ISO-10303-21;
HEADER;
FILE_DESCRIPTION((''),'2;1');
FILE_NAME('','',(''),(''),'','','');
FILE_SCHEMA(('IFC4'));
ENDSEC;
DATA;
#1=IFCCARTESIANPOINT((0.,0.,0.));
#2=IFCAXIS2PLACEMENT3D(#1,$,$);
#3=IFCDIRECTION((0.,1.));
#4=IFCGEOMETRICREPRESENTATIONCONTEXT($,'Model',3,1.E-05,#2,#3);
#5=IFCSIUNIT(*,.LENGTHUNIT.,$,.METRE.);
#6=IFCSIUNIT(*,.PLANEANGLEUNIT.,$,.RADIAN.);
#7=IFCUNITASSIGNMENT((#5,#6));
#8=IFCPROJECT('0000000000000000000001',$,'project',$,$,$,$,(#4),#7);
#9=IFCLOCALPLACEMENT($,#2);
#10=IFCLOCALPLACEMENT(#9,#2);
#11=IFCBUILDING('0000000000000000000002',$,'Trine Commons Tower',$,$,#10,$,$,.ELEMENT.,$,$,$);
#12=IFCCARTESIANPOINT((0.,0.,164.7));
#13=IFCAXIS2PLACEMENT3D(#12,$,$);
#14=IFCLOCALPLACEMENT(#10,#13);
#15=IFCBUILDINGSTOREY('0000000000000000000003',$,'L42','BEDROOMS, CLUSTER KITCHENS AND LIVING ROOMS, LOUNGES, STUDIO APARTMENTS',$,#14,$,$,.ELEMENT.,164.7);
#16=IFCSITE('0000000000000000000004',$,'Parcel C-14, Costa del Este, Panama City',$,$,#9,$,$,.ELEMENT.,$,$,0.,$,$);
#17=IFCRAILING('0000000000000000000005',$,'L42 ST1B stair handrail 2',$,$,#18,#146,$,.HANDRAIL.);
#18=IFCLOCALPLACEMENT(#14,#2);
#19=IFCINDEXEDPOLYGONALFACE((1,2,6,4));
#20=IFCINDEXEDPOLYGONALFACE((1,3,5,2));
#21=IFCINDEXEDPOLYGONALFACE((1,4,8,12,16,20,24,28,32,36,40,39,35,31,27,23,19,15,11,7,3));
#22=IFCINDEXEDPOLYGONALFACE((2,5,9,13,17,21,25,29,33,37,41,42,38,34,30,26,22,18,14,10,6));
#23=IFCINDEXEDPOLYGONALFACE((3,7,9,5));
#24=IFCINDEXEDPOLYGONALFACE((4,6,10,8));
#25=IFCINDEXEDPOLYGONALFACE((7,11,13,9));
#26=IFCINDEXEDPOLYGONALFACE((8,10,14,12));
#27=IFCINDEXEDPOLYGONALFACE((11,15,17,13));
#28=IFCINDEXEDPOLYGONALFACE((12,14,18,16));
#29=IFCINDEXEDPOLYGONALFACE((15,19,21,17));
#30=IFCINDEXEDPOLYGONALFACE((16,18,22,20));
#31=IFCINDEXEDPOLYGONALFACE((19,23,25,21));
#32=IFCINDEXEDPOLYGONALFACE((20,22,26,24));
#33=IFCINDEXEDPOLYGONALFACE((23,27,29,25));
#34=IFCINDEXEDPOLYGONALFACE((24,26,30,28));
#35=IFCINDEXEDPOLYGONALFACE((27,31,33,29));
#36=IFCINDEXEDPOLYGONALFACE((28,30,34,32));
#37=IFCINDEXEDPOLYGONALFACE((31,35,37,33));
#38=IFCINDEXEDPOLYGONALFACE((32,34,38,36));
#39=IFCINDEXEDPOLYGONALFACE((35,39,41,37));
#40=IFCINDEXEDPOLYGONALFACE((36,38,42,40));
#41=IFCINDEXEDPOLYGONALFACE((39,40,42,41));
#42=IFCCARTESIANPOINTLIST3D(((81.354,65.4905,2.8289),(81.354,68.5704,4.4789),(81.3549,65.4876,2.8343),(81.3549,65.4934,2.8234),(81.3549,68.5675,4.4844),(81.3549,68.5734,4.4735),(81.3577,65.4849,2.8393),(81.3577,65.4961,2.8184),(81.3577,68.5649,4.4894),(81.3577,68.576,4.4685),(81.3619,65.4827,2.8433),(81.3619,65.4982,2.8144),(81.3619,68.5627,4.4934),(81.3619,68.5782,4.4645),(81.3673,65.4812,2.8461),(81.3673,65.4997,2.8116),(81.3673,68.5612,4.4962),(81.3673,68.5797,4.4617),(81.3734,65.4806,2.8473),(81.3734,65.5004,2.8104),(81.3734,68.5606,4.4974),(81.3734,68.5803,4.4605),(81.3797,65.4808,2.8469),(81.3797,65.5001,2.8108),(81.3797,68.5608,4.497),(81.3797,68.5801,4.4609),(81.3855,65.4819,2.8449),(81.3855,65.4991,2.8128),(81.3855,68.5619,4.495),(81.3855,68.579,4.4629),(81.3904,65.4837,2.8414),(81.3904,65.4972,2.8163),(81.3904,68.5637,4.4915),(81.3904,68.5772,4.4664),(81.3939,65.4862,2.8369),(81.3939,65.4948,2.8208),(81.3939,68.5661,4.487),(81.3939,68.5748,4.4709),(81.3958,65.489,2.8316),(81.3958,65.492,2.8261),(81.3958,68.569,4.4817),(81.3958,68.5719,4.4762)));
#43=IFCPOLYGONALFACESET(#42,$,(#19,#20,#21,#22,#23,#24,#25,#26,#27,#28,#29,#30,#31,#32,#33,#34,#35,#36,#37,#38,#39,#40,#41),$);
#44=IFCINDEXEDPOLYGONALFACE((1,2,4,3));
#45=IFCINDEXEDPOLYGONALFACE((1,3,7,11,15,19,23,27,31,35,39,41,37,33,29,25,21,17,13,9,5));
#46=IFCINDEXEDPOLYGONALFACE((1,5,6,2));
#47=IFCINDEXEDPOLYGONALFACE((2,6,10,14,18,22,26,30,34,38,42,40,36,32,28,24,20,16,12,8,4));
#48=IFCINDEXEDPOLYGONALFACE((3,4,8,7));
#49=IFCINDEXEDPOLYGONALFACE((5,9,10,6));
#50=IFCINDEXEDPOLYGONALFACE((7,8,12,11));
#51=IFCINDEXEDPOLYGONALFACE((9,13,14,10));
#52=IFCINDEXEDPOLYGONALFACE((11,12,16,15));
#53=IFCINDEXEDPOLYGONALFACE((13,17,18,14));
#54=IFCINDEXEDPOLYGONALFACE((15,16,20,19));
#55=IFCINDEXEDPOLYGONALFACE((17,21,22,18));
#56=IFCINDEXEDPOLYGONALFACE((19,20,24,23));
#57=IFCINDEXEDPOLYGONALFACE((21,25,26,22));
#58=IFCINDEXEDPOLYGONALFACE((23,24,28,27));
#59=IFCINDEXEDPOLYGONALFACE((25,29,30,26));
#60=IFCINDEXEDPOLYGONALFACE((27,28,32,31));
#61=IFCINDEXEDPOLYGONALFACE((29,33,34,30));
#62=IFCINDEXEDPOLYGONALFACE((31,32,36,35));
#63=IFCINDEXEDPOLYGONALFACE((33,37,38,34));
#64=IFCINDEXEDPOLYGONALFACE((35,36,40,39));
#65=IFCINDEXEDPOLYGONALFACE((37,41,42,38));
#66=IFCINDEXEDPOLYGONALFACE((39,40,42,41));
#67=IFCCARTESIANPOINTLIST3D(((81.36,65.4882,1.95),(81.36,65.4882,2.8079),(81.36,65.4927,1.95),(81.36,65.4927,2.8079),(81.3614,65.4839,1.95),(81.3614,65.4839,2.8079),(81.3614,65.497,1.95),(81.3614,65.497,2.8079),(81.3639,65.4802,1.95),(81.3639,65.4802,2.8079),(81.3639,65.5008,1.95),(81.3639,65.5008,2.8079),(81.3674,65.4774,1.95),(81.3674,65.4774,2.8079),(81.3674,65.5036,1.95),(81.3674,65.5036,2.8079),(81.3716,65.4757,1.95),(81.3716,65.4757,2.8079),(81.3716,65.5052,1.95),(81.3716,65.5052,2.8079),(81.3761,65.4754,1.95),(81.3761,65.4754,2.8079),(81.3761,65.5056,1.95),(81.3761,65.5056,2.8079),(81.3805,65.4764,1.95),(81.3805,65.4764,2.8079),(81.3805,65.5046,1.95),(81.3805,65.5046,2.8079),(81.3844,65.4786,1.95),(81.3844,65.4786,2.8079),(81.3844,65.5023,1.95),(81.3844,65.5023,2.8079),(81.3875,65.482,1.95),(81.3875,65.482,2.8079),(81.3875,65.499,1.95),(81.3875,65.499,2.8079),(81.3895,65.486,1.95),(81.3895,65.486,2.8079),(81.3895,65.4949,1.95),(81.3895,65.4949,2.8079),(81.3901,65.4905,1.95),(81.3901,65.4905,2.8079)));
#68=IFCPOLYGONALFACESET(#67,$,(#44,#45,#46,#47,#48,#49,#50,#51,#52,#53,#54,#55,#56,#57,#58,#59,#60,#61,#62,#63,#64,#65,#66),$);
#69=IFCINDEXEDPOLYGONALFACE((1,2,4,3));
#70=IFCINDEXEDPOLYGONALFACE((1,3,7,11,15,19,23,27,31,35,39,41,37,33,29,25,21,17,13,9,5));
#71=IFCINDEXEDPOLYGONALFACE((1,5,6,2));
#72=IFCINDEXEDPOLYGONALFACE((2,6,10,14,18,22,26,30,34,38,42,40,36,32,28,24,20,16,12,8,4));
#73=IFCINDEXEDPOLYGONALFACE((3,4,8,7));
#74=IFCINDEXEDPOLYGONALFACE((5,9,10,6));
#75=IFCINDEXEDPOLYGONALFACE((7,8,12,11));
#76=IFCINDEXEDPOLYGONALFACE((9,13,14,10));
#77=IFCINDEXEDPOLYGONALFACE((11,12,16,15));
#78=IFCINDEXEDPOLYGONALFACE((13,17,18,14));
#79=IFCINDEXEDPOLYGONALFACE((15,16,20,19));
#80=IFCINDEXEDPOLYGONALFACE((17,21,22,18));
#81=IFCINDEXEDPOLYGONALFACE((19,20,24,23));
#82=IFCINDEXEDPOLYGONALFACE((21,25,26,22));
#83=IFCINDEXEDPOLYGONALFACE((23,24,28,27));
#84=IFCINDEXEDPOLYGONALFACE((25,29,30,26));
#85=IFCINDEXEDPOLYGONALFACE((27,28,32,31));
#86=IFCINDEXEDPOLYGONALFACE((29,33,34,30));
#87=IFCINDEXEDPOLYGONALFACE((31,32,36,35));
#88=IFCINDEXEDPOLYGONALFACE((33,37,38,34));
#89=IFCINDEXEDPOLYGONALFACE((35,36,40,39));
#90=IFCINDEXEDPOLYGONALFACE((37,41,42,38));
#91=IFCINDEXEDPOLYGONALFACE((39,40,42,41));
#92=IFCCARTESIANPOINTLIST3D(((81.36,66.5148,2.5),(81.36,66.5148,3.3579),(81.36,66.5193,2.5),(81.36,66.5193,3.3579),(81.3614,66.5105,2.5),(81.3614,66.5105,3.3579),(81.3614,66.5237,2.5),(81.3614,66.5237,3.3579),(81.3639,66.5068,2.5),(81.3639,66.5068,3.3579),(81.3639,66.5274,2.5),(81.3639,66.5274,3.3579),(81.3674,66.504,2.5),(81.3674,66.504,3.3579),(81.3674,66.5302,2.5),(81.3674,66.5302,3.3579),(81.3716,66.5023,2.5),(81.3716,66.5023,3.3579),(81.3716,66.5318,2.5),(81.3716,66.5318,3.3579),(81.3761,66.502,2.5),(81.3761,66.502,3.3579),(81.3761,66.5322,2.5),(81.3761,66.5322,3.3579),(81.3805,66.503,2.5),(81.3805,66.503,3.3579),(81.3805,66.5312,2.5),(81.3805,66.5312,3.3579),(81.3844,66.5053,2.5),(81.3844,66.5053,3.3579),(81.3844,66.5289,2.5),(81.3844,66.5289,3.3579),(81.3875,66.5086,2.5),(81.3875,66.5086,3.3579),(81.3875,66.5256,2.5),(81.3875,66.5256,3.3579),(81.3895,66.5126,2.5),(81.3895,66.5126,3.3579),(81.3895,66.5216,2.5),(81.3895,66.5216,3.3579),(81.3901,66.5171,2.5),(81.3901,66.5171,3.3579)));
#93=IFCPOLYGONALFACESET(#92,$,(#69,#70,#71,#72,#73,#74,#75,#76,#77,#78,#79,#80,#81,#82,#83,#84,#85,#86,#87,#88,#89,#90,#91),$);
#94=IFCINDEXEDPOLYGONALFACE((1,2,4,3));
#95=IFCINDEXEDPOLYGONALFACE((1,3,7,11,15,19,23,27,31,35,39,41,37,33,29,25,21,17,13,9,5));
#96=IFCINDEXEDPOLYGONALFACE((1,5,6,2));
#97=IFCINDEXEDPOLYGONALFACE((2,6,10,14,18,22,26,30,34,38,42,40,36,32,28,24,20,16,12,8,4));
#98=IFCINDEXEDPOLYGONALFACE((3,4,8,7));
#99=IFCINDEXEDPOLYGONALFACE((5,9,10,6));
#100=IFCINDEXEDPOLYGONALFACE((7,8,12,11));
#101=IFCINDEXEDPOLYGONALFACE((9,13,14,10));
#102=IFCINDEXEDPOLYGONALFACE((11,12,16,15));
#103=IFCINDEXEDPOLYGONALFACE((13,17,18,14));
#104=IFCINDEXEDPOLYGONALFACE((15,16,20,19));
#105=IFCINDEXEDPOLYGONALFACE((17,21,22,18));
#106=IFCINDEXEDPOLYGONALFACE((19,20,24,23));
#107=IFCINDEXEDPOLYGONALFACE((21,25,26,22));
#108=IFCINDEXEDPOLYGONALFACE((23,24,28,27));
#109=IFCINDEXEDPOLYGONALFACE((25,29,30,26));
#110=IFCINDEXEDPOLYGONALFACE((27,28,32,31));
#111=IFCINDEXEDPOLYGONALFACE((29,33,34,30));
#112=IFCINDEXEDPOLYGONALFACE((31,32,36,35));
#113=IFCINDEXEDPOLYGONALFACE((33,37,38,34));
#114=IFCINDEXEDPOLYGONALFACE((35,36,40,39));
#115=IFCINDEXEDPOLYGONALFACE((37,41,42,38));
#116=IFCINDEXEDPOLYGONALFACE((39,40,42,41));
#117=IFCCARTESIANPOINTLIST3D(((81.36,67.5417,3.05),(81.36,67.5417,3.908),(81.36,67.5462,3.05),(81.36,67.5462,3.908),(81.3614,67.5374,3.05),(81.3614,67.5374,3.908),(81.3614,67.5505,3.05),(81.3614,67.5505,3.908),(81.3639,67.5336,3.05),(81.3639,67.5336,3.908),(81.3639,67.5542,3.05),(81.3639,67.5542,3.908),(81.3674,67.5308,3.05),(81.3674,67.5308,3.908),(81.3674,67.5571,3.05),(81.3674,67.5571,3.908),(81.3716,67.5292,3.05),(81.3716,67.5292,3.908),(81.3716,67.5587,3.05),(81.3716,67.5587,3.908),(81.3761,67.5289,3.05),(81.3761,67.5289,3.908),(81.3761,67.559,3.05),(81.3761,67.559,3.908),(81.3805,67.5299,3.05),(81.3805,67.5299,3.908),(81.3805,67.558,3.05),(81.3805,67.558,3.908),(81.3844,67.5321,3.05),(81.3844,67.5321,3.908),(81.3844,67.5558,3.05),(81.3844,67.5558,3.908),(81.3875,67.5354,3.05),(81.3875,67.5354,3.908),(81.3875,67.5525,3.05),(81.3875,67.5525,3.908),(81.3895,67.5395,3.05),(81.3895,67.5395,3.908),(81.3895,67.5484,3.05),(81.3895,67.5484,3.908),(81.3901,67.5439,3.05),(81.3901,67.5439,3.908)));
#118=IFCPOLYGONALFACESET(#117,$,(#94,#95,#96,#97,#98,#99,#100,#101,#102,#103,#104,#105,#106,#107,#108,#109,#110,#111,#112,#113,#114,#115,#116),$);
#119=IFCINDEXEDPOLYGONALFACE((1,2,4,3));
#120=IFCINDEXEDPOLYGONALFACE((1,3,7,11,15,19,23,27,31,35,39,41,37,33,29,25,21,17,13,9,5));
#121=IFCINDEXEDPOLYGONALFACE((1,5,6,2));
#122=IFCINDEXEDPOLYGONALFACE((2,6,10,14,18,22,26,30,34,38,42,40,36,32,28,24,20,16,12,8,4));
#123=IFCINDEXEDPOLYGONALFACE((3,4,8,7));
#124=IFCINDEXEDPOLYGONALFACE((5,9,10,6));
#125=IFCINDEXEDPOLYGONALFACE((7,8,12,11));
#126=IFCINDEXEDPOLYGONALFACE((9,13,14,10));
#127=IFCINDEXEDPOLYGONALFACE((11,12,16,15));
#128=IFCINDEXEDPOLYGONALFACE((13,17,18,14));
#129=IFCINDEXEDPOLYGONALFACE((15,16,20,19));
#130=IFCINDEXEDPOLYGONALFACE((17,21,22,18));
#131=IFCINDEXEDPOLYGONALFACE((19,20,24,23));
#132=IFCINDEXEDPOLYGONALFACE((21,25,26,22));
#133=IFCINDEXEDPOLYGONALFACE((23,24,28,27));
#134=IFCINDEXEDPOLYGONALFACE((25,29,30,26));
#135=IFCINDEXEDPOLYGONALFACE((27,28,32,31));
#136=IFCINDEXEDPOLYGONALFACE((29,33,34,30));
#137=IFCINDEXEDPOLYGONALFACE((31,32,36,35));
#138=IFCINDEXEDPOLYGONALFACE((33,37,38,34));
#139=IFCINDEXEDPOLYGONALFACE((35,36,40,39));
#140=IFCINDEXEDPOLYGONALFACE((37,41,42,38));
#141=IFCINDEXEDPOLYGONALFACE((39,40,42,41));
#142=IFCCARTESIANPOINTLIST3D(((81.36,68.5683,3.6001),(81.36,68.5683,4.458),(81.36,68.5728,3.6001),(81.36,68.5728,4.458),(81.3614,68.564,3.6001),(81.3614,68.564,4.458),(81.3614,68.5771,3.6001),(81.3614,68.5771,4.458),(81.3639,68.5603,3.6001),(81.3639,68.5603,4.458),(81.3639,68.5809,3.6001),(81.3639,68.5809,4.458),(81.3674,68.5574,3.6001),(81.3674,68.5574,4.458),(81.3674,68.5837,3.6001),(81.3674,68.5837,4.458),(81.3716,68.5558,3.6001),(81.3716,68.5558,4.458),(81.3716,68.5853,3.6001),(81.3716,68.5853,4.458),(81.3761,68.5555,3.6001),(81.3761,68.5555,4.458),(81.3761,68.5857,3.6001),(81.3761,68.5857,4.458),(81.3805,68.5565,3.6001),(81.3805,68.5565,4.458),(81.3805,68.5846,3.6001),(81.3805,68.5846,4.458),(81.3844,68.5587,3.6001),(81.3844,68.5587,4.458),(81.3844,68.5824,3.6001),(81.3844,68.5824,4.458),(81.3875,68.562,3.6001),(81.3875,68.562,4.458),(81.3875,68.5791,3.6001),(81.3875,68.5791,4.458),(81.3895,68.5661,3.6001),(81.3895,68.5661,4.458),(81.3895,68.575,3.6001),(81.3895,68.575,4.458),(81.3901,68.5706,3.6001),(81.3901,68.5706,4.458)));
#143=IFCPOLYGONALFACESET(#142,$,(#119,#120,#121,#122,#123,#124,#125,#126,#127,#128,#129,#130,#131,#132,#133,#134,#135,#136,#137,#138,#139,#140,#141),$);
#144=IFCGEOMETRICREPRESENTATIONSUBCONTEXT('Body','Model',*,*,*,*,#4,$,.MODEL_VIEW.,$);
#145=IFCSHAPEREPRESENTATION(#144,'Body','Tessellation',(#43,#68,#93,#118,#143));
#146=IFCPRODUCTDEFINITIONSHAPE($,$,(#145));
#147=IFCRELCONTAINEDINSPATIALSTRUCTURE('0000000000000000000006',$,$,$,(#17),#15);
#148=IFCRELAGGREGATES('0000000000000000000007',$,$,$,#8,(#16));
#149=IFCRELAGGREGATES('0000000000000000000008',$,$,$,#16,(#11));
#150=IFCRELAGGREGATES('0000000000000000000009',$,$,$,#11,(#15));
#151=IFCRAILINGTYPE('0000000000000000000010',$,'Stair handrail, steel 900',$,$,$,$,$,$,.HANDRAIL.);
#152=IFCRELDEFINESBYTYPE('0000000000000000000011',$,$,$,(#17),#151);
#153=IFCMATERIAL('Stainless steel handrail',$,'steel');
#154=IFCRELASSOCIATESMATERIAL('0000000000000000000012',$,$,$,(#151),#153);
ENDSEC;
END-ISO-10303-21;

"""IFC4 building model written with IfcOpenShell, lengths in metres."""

from ifc_helpers import new_model, si_unit, direction, frame, origin, origin_2d, place, context, subcontext, project, spatial, circle, extrude, material, type_object, element, save


model = new_model("IFC4")

# Units and contexts
model_context = context("Model", 3, precision=1e-05, world=origin(), true_north=direction((0.0, 1.0)))
body_context = subcontext(model_context, "Body", "Model", "MODEL_VIEW")
ifc_project = project(units=[si_unit("LENGTHUNIT", "METRE"), si_unit("PLANEANGLEUNIT", "RADIAN")], contexts=[model_context])

# Site, building, storey
site_placement = place(None, origin())
site = spatial("IfcSite", under=ifc_project, at=site_placement, Name="Parcel C-14, Costa del Este, Panama City", CompositionType="ELEMENT", RefElevation=0.0)
building_placement = place(site_placement, origin())
building = spatial("IfcBuilding", under=site, at=building_placement, Name="Trine Commons Tower", CompositionType="ELEMENT")
storey_placement = place(building_placement, frame((0.0, 0.0, 164.7)))
storey = spatial("IfcBuildingStorey", under=building, at=storey_placement, Name="L42", Description="BEDROOMS, CLUSTER KITCHENS AND LIVING ROOMS, LOUNGES, STUDIO APARTMENTS", CompositionType="ELEMENT", Elevation=164.7)

# Railing
ifc_material_1 = material(Name="Stainless steel handrail", Category="steel")
railing_type_1 = type_object("IfcRailingType", Name="Stair handrail, steel 900", PredefinedType="HANDRAIL", material=ifc_material_1)
railing_1_placement = place(storey_placement, frame((81.375, 65.4905, 1.95)))
element("IfcRailing", 1, at=railing_1_placement, inside=storey, type_object=railing_type_1, Name="L42 ST1B stair handrail 2", PredefinedType="HANDRAIL", context=body_context, shape_type="SweptSolid", body=[
    extrude(circle(Radius=0.021, at=origin_2d()), frame((0.0, 0.0, 0.8789), z_axis=(0.0, 0.881468, 0.472245), x_axis=(-1.0, 0.0, 0.0)), (0.0, 0.0, 1.0), 3.4941),
    extrude(circle(Radius=0.0151, at=origin_2d()), origin(), (0.0, 0.0, 1.0), 0.8579),
    extrude(circle(Radius=0.0151, at=origin_2d()), frame((0.0, 1.0266, 0.55)), (0.0, 0.0, 1.0), 0.8579),
    extrude(circle(Radius=0.0151, at=origin_2d()), frame((0.0, 2.0535, 1.1001)), (0.0, 0.0, 1.0), 0.8579),
    extrude(circle(Radius=0.0151, at=origin_2d()), frame((0.0, 3.0801, 1.6501)), (0.0, 0.0, 1.0), 0.8579),
])

save(model, "model.ifc")
